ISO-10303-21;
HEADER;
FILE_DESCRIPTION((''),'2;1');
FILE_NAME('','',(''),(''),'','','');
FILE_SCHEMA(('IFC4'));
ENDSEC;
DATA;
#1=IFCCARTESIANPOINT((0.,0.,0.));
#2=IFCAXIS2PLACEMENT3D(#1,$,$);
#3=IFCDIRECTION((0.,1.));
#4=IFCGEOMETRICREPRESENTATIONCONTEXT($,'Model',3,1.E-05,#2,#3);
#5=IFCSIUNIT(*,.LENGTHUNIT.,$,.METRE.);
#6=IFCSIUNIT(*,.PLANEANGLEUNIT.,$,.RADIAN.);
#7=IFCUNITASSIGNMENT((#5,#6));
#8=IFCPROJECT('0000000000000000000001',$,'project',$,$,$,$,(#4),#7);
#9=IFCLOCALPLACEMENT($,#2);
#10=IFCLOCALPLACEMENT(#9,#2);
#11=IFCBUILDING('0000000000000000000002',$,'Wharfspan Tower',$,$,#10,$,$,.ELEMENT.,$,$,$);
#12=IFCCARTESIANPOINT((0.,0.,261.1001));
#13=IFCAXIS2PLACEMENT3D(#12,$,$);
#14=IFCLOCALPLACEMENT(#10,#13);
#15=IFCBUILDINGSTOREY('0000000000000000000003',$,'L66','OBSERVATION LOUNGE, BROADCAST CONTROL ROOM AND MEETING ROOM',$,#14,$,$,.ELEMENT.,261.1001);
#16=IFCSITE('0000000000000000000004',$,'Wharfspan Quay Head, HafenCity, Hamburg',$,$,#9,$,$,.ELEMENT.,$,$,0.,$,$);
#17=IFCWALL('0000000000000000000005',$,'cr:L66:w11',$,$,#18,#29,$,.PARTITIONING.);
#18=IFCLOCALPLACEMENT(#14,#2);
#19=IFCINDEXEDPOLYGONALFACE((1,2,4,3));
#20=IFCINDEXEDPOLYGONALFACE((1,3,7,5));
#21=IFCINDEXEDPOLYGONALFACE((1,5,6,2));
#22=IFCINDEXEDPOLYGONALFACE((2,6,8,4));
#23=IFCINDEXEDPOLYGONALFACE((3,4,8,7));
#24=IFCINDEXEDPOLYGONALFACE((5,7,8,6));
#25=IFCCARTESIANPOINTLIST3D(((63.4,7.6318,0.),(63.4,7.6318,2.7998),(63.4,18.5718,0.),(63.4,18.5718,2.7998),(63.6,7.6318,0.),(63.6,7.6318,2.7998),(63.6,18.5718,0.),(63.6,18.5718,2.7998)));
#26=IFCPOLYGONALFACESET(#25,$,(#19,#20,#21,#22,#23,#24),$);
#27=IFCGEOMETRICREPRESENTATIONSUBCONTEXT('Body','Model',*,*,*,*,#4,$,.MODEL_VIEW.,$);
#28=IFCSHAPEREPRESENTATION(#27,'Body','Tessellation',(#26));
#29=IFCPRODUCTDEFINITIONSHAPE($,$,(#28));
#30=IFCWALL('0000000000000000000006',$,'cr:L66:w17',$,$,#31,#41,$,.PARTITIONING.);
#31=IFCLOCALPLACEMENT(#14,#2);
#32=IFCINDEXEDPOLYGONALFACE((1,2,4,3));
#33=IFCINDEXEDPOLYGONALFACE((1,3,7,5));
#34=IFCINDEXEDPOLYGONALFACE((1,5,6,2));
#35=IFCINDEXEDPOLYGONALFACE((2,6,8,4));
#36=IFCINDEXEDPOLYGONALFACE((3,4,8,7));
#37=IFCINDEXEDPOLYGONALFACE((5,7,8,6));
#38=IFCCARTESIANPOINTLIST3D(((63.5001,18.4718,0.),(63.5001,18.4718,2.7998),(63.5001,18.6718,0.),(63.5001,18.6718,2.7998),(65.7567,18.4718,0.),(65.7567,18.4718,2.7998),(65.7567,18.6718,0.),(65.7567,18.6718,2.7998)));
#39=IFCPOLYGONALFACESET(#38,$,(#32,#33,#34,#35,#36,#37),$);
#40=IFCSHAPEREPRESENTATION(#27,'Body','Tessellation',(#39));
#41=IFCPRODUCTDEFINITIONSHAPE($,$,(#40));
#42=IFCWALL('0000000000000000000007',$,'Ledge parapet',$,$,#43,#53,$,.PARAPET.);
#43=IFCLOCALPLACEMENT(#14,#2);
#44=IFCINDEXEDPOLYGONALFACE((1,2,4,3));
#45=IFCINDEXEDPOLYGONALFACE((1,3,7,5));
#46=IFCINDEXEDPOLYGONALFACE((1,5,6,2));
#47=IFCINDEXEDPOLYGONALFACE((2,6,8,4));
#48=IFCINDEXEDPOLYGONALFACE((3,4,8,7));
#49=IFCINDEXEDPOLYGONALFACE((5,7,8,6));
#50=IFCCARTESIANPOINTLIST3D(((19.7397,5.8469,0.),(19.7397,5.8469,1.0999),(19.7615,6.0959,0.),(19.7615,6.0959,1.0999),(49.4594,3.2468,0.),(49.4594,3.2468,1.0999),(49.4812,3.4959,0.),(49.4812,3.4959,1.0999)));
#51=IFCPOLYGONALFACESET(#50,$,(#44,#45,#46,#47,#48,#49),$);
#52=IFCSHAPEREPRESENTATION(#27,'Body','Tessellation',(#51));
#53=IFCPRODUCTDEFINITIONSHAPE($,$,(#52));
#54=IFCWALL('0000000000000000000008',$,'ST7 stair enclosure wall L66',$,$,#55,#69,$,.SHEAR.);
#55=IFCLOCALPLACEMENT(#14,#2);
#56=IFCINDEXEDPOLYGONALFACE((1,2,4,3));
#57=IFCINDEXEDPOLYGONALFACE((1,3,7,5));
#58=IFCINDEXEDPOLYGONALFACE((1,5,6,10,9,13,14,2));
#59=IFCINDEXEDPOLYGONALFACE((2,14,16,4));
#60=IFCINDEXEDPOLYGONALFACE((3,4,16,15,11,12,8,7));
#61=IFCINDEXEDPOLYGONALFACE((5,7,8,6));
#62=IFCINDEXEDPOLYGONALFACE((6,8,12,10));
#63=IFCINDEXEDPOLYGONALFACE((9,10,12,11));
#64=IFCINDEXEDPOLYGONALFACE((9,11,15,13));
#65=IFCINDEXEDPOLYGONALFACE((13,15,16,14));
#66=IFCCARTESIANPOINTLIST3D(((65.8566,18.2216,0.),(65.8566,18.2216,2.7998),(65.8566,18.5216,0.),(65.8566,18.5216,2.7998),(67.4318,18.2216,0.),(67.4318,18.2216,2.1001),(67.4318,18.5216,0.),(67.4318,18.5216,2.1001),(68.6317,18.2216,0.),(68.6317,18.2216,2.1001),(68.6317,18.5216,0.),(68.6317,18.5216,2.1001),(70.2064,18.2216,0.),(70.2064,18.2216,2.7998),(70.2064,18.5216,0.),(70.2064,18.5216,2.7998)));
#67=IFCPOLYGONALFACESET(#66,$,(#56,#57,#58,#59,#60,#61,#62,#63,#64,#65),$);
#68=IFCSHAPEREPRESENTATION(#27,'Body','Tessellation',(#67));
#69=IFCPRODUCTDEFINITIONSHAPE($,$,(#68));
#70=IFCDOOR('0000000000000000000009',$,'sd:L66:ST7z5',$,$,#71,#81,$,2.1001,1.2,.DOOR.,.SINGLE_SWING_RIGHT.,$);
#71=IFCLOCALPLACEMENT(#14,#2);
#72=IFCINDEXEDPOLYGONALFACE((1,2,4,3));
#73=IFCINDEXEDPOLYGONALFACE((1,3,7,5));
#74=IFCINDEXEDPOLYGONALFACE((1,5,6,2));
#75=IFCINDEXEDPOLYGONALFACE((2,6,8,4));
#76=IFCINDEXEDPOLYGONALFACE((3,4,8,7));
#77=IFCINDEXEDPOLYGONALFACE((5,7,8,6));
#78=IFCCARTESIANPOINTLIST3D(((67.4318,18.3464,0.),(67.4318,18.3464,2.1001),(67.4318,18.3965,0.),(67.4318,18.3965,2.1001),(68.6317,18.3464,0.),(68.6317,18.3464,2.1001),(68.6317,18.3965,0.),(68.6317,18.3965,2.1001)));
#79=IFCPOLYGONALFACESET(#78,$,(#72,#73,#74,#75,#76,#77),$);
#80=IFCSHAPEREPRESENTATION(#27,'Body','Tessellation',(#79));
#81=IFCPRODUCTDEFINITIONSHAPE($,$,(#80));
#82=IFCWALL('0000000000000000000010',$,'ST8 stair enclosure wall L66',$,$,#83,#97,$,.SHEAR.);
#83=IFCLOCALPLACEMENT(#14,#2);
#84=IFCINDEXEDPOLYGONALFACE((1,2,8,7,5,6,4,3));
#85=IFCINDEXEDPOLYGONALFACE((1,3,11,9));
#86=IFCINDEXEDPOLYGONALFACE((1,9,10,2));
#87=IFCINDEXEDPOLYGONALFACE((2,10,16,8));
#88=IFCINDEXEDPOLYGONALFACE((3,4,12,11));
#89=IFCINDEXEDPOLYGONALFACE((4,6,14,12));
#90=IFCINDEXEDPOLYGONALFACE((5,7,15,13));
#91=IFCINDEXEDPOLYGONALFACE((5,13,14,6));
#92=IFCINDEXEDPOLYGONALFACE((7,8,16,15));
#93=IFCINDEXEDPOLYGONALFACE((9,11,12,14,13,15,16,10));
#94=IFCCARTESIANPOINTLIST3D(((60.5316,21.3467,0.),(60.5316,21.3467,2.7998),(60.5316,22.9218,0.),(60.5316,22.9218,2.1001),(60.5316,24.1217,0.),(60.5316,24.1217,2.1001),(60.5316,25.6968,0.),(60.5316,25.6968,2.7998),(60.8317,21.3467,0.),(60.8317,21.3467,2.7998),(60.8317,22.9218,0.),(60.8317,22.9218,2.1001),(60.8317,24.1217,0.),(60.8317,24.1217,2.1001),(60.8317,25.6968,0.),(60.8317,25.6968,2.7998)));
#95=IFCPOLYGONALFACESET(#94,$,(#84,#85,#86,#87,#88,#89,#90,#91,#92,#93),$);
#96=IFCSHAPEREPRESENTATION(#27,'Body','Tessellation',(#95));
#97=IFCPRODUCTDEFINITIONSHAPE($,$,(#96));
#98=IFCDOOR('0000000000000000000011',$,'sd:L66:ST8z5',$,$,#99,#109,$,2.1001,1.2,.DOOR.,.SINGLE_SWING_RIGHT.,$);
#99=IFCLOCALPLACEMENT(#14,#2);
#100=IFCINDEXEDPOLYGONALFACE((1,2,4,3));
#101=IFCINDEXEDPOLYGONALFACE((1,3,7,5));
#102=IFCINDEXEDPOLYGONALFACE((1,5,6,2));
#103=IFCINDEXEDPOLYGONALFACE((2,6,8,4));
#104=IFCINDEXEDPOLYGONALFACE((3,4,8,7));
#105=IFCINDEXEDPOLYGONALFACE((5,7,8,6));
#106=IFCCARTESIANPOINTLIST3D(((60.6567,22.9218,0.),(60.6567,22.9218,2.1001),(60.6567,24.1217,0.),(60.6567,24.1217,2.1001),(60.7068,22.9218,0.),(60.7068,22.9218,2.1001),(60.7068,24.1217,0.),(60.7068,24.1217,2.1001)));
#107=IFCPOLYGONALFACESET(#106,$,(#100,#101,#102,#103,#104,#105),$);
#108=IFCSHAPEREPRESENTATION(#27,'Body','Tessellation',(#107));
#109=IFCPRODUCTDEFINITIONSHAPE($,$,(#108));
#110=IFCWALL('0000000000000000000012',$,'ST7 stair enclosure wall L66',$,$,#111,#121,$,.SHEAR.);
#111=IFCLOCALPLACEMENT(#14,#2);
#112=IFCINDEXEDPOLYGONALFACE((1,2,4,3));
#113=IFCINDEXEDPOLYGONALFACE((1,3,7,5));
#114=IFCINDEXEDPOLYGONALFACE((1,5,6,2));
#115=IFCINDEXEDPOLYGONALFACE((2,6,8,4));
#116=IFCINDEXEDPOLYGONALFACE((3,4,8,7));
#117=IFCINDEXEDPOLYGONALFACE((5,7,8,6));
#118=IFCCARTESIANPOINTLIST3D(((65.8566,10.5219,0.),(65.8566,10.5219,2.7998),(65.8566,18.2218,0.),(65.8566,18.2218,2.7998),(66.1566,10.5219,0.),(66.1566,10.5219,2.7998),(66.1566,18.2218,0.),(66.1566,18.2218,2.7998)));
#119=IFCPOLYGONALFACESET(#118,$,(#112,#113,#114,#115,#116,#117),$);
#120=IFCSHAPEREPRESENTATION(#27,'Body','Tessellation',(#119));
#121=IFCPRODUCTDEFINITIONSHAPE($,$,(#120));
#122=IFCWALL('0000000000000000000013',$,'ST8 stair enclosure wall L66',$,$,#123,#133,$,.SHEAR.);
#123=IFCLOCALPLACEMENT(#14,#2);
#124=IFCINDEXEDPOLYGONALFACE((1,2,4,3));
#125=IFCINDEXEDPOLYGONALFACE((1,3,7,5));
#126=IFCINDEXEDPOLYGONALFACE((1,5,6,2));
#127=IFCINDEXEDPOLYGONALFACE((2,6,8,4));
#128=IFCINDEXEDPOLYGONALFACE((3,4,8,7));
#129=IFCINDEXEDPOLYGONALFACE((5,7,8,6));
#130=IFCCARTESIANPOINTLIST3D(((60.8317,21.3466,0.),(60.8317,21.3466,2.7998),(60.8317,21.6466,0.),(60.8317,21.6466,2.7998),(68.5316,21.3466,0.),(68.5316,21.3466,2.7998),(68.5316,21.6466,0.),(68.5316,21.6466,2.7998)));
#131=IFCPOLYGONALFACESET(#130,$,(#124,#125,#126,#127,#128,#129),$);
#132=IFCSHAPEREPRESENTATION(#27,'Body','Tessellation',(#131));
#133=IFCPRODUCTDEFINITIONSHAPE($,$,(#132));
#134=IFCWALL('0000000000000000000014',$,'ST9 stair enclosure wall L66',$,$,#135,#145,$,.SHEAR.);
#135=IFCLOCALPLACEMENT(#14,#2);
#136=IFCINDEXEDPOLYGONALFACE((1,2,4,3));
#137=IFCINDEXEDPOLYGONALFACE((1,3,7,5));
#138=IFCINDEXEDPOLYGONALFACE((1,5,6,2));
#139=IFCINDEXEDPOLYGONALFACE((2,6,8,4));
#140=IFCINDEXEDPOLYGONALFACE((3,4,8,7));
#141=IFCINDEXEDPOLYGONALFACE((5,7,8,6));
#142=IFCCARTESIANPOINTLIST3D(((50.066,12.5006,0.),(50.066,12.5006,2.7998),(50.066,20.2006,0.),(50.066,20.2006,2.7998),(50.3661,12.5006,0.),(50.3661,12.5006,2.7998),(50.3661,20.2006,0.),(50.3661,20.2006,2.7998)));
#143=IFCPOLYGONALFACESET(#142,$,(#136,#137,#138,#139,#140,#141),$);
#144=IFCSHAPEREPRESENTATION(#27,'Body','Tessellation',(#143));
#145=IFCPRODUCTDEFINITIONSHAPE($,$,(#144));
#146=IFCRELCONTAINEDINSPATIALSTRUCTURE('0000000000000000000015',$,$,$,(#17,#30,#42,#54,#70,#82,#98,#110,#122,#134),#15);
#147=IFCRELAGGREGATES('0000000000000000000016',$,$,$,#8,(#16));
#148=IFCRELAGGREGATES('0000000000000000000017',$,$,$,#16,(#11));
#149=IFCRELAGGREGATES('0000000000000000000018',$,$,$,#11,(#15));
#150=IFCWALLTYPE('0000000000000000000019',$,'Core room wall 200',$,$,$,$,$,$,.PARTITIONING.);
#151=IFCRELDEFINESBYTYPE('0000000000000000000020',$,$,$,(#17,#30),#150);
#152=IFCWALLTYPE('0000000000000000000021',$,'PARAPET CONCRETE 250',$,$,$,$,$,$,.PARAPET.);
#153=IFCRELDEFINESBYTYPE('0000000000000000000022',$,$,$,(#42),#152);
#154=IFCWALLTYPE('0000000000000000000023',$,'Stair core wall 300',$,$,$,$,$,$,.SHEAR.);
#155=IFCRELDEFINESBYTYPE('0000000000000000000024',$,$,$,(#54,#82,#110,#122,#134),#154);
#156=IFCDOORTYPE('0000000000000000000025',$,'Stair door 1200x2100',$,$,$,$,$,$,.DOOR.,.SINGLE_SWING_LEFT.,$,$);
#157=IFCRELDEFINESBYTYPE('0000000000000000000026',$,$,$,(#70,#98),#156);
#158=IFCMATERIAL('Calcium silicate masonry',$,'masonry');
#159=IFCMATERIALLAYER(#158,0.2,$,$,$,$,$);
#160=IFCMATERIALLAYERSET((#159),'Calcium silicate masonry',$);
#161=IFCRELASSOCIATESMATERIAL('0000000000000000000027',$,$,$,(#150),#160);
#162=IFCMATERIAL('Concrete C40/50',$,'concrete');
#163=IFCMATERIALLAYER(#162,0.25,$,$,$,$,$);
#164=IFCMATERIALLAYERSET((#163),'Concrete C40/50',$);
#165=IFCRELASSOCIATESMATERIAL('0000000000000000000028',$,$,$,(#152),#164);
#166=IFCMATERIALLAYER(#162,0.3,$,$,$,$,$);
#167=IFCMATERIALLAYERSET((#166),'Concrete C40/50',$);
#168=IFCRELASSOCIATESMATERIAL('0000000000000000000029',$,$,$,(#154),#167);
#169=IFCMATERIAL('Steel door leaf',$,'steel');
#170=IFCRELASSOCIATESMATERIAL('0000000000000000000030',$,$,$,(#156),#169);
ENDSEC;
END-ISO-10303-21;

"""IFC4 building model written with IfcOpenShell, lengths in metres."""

from ifc_helpers import new_model, si_unit, direction, frame, frame_2d, origin, place, context, subcontext, project, spatial, rectangle, extrude, material, layer, layer_set, type_object, element, fill, save


model = new_model("IFC4")

# Units and contexts
model_context = context("Model", 3, precision=1e-05, world=origin(), true_north=direction((0.0, 1.0)))
body_context = subcontext(model_context, "Body", "Model", "MODEL_VIEW")
ifc_project = project(units=[si_unit("LENGTHUNIT", "METRE"), si_unit("PLANEANGLEUNIT", "RADIAN")], contexts=[model_context])

# Site, building, storey
site_placement = place(None, origin())
site = spatial("IfcSite", under=ifc_project, at=site_placement, Name="Wharfspan Quay Head, HafenCity, Hamburg", CompositionType="ELEMENT", RefElevation=0.0)
building_placement = place(site_placement, origin())
building = spatial("IfcBuilding", under=site, at=building_placement, Name="Wharfspan Tower", CompositionType="ELEMENT")
storey_placement = place(building_placement, frame((0.0, 0.0, 261.1001)))
storey = spatial("IfcBuildingStorey", under=building, at=storey_placement, Name="L66", Description="OBSERVATION LOUNGE, BROADCAST CONTROL ROOM AND MEETING ROOM", CompositionType="ELEMENT", Elevation=261.1001)

# Shared definitions
ifc_material_1 = material(Name="Calcium silicate masonry", Category="masonry")
ifc_layer_1 = layer(ifc_material_1, 0.2)
ifc_layer_set_1 = layer_set([ifc_layer_1], Name="Calcium silicate masonry")
wall_type_1 = type_object("IfcWallType", Name="Core room wall 200", PredefinedType="PARTITIONING", material=ifc_layer_set_1)

# Shared definitions
ifc_material_2 = material(Name="Steel door leaf", Category="steel")

# Walls
wall_1_placement = place(storey_placement, frame((63.5, 18.5718, 0.0), z_axis=(0.0, 0.0, 1.0), x_axis=(0.0, -1.0, 0.0)))
element("IfcWall", 1, at=wall_1_placement, inside=storey, type_object=wall_type_1, Name="cr:L66:w11", PredefinedType="PARTITIONING", context=body_context, shape_type="SweptSolid", body=[
    extrude(rectangle(XDim=10.9399, YDim=0.2, at=frame_2d((5.47, 0.0))), origin(), (0.0, 0.0, 1.0), 2.7998),
])
wall_2_placement = place(storey_placement, frame((63.5, 18.5718, 0.0), z_axis=(0.0, 0.0, 1.0), x_axis=(1.0, 0.0, 0.0)))
element("IfcWall", 2, at=wall_2_placement, inside=storey, type_object=wall_type_1, Name="cr:L66:w17", PredefinedType="PARTITIONING", context=body_context, shape_type="SweptSolid", body=[
    extrude(rectangle(XDim=2.2566, YDim=0.2, at=frame_2d((1.1284, 0.0))), origin(), (0.0, 0.0, 1.0), 2.7998),
])
ifc_material_3 = material(Name="Concrete C40/50", Category="concrete")
ifc_layer_2 = layer(ifc_material_3, 0.25)
ifc_layer_set_2 = layer_set([ifc_layer_2], Name="Concrete C40/50")
wall_type_2 = type_object("IfcWallType", Name="PARAPET CONCRETE 250", PredefinedType="PARAPET", material=ifc_layer_set_2)
wall_3_placement = place(storey_placement, frame((49.4702, 3.3713, 0.0), z_axis=(0.0, 0.0, 1.0), x_axis=(-0.996191, 0.087154, 0.0)))
element("IfcWall", 3, at=wall_3_placement, inside=storey, type_object=wall_type_2, Name="Ledge parapet", PredefinedType="PARAPET", context=body_context, shape_type="SweptSolid", body=[
    extrude(rectangle(XDim=29.8333, YDim=0.25, at=frame_2d((14.9165, 0.0))), origin(), (0.0, 0.0, 1.0), 1.0999),
])

# Walls, openings, doors
ifc_layer_3 = layer(ifc_material_3, 0.3)
ifc_layer_set_3 = layer_set([ifc_layer_3], Name="Concrete C40/50")
wall_type_3 = type_object("IfcWallType", Name="Stair core wall 300", PredefinedType="SHEAR", material=ifc_layer_set_3)
wall_4_placement = place(storey_placement, frame((65.8567, 18.3716, 0.0), z_axis=(0.0, 0.0, 1.0), x_axis=(1.0, 0.0, 0.0)))
wall_4 = element("IfcWall", 4, at=wall_4_placement, inside=storey, type_object=wall_type_3, Name="ST7 stair enclosure wall L66", PredefinedType="SHEAR", context=body_context, shape_type="SweptSolid", body=[
    extrude(rectangle(XDim=4.3499, YDim=0.3, at=frame_2d((2.1748, 0.0))), origin(), (0.0, 0.0, 1.0), 2.7998),
])
opening_1_placement = place(wall_4_placement, frame((1.575, 0.0, 0.0)))
opening_1 = element("IfcOpeningElement", 5, at=opening_1_placement, cuts=wall_4, PredefinedType="OPENING", context=body_context, shape_type="SweptSolid", body=[
    extrude(rectangle(XDim=1.2, YDim=2.1001, at=frame_2d((0.6001, 1.05))), frame((0.0, 0.1599, 0.0), z_axis=(0.0, -1.0, 0.0), x_axis=(1.0, 0.0, 0.0)), (0.0, 0.0, 1.0), 0.3201),
])
door_type_1 = type_object("IfcDoorType", Name="Stair door 1200x2100", OperationType="SINGLE_SWING_LEFT", PredefinedType="DOOR", material=ifc_material_2)
door_1_placement = place(opening_1_placement, origin())
door_1 = element("IfcDoor", 6, at=door_1_placement, inside=storey, type_object=door_type_1, Name="sd:L66:ST7z5", OperationType="SINGLE_SWING_RIGHT", OverallHeight=2.1001, OverallWidth=1.2, PredefinedType="DOOR", context=body_context, shape_type="SweptSolid", body=[
    extrude(rectangle(XDim=1.2, YDim=2.1001, at=frame_2d((0.6001, 1.05))), frame((0.0, 0.0249, 0.0), z_axis=(0.0, -1.0, 0.0), x_axis=(1.0, 0.0, 0.0)), (0.0, 0.0, 1.0), 0.05),
])
fill(opening_1, door_1)
wall_5_placement = place(storey_placement, frame((60.6816, 21.3467, 0.0), z_axis=(0.0, 0.0, 1.0), x_axis=(0.0, 1.0, 0.0)))
wall_5 = element("IfcWall", 7, at=wall_5_placement, inside=storey, type_object=wall_type_3, Name="ST8 stair enclosure wall L66", PredefinedType="SHEAR", context=body_context, shape_type="SweptSolid", body=[
    extrude(rectangle(XDim=4.3501, YDim=0.3, at=frame_2d((2.175, 0.0))), origin(), (0.0, 0.0, 1.0), 2.7998),
])
opening_2_placement = place(wall_5_placement, frame((1.575, 0.0, 0.0)))
opening_2 = element("IfcOpeningElement", 8, at=opening_2_placement, cuts=wall_5, PredefinedType="OPENING", context=body_context, shape_type="SweptSolid", body=[
    extrude(rectangle(XDim=1.2, YDim=2.1001, at=frame_2d((0.6001, 1.05))), frame((0.0, 0.1599, 0.0), z_axis=(0.0, -1.0, 0.0), x_axis=(1.0, 0.0, 0.0)), (0.0, 0.0, 1.0), 0.3201),
])
door_2_placement = place(opening_2_placement, origin())
door_2 = element("IfcDoor", 9, at=door_2_placement, inside=storey, type_object=door_type_1, Name="sd:L66:ST8z5", OperationType="SINGLE_SWING_RIGHT", OverallHeight=2.1001, OverallWidth=1.2, PredefinedType="DOOR", context=body_context, shape_type="SweptSolid", body=[
    extrude(rectangle(XDim=1.2, YDim=2.1001, at=frame_2d((0.6001, 1.05))), frame((0.0, 0.0249, 0.0), z_axis=(0.0, -1.0, 0.0), x_axis=(1.0, 0.0, 0.0)), (0.0, 0.0, 1.0), 0.05),
])
fill(opening_2, door_2)

# Walls
for number, where, z_axis, x_axis, name in (
    (10, (66.0066, 10.5217, 0.0), (0.0, 0.0, 1.0), (0.0, 1.0, 0.0), "ST7 stair enclosure wall L66"),
    (11, (60.8315, 21.4966, 0.0), (0.0, 0.0, 1.0), (1.0, 0.0, 0.0), "ST8 stair enclosure wall L66"),
    (12, (50.2161, 12.5005, 0.0), (0.0, 0.0, 1.0), (0.0, 1.0, 0.0), "ST9 stair enclosure wall L66"),
):
    element("IfcWall", number, at=place(storey_placement, frame(where, z_axis=z_axis, x_axis=x_axis)), inside=storey, type_object=wall_type_3, Name=name, PredefinedType="SHEAR", context=body_context, shape_type="SweptSolid", body=[
        extrude(rectangle(XDim=7.7, YDim=0.3, at=frame_2d((3.8501, 0.0))), origin(), (0.0, 0.0, 1.0), 2.7998),
    ])

save(model, "model.ifc")
